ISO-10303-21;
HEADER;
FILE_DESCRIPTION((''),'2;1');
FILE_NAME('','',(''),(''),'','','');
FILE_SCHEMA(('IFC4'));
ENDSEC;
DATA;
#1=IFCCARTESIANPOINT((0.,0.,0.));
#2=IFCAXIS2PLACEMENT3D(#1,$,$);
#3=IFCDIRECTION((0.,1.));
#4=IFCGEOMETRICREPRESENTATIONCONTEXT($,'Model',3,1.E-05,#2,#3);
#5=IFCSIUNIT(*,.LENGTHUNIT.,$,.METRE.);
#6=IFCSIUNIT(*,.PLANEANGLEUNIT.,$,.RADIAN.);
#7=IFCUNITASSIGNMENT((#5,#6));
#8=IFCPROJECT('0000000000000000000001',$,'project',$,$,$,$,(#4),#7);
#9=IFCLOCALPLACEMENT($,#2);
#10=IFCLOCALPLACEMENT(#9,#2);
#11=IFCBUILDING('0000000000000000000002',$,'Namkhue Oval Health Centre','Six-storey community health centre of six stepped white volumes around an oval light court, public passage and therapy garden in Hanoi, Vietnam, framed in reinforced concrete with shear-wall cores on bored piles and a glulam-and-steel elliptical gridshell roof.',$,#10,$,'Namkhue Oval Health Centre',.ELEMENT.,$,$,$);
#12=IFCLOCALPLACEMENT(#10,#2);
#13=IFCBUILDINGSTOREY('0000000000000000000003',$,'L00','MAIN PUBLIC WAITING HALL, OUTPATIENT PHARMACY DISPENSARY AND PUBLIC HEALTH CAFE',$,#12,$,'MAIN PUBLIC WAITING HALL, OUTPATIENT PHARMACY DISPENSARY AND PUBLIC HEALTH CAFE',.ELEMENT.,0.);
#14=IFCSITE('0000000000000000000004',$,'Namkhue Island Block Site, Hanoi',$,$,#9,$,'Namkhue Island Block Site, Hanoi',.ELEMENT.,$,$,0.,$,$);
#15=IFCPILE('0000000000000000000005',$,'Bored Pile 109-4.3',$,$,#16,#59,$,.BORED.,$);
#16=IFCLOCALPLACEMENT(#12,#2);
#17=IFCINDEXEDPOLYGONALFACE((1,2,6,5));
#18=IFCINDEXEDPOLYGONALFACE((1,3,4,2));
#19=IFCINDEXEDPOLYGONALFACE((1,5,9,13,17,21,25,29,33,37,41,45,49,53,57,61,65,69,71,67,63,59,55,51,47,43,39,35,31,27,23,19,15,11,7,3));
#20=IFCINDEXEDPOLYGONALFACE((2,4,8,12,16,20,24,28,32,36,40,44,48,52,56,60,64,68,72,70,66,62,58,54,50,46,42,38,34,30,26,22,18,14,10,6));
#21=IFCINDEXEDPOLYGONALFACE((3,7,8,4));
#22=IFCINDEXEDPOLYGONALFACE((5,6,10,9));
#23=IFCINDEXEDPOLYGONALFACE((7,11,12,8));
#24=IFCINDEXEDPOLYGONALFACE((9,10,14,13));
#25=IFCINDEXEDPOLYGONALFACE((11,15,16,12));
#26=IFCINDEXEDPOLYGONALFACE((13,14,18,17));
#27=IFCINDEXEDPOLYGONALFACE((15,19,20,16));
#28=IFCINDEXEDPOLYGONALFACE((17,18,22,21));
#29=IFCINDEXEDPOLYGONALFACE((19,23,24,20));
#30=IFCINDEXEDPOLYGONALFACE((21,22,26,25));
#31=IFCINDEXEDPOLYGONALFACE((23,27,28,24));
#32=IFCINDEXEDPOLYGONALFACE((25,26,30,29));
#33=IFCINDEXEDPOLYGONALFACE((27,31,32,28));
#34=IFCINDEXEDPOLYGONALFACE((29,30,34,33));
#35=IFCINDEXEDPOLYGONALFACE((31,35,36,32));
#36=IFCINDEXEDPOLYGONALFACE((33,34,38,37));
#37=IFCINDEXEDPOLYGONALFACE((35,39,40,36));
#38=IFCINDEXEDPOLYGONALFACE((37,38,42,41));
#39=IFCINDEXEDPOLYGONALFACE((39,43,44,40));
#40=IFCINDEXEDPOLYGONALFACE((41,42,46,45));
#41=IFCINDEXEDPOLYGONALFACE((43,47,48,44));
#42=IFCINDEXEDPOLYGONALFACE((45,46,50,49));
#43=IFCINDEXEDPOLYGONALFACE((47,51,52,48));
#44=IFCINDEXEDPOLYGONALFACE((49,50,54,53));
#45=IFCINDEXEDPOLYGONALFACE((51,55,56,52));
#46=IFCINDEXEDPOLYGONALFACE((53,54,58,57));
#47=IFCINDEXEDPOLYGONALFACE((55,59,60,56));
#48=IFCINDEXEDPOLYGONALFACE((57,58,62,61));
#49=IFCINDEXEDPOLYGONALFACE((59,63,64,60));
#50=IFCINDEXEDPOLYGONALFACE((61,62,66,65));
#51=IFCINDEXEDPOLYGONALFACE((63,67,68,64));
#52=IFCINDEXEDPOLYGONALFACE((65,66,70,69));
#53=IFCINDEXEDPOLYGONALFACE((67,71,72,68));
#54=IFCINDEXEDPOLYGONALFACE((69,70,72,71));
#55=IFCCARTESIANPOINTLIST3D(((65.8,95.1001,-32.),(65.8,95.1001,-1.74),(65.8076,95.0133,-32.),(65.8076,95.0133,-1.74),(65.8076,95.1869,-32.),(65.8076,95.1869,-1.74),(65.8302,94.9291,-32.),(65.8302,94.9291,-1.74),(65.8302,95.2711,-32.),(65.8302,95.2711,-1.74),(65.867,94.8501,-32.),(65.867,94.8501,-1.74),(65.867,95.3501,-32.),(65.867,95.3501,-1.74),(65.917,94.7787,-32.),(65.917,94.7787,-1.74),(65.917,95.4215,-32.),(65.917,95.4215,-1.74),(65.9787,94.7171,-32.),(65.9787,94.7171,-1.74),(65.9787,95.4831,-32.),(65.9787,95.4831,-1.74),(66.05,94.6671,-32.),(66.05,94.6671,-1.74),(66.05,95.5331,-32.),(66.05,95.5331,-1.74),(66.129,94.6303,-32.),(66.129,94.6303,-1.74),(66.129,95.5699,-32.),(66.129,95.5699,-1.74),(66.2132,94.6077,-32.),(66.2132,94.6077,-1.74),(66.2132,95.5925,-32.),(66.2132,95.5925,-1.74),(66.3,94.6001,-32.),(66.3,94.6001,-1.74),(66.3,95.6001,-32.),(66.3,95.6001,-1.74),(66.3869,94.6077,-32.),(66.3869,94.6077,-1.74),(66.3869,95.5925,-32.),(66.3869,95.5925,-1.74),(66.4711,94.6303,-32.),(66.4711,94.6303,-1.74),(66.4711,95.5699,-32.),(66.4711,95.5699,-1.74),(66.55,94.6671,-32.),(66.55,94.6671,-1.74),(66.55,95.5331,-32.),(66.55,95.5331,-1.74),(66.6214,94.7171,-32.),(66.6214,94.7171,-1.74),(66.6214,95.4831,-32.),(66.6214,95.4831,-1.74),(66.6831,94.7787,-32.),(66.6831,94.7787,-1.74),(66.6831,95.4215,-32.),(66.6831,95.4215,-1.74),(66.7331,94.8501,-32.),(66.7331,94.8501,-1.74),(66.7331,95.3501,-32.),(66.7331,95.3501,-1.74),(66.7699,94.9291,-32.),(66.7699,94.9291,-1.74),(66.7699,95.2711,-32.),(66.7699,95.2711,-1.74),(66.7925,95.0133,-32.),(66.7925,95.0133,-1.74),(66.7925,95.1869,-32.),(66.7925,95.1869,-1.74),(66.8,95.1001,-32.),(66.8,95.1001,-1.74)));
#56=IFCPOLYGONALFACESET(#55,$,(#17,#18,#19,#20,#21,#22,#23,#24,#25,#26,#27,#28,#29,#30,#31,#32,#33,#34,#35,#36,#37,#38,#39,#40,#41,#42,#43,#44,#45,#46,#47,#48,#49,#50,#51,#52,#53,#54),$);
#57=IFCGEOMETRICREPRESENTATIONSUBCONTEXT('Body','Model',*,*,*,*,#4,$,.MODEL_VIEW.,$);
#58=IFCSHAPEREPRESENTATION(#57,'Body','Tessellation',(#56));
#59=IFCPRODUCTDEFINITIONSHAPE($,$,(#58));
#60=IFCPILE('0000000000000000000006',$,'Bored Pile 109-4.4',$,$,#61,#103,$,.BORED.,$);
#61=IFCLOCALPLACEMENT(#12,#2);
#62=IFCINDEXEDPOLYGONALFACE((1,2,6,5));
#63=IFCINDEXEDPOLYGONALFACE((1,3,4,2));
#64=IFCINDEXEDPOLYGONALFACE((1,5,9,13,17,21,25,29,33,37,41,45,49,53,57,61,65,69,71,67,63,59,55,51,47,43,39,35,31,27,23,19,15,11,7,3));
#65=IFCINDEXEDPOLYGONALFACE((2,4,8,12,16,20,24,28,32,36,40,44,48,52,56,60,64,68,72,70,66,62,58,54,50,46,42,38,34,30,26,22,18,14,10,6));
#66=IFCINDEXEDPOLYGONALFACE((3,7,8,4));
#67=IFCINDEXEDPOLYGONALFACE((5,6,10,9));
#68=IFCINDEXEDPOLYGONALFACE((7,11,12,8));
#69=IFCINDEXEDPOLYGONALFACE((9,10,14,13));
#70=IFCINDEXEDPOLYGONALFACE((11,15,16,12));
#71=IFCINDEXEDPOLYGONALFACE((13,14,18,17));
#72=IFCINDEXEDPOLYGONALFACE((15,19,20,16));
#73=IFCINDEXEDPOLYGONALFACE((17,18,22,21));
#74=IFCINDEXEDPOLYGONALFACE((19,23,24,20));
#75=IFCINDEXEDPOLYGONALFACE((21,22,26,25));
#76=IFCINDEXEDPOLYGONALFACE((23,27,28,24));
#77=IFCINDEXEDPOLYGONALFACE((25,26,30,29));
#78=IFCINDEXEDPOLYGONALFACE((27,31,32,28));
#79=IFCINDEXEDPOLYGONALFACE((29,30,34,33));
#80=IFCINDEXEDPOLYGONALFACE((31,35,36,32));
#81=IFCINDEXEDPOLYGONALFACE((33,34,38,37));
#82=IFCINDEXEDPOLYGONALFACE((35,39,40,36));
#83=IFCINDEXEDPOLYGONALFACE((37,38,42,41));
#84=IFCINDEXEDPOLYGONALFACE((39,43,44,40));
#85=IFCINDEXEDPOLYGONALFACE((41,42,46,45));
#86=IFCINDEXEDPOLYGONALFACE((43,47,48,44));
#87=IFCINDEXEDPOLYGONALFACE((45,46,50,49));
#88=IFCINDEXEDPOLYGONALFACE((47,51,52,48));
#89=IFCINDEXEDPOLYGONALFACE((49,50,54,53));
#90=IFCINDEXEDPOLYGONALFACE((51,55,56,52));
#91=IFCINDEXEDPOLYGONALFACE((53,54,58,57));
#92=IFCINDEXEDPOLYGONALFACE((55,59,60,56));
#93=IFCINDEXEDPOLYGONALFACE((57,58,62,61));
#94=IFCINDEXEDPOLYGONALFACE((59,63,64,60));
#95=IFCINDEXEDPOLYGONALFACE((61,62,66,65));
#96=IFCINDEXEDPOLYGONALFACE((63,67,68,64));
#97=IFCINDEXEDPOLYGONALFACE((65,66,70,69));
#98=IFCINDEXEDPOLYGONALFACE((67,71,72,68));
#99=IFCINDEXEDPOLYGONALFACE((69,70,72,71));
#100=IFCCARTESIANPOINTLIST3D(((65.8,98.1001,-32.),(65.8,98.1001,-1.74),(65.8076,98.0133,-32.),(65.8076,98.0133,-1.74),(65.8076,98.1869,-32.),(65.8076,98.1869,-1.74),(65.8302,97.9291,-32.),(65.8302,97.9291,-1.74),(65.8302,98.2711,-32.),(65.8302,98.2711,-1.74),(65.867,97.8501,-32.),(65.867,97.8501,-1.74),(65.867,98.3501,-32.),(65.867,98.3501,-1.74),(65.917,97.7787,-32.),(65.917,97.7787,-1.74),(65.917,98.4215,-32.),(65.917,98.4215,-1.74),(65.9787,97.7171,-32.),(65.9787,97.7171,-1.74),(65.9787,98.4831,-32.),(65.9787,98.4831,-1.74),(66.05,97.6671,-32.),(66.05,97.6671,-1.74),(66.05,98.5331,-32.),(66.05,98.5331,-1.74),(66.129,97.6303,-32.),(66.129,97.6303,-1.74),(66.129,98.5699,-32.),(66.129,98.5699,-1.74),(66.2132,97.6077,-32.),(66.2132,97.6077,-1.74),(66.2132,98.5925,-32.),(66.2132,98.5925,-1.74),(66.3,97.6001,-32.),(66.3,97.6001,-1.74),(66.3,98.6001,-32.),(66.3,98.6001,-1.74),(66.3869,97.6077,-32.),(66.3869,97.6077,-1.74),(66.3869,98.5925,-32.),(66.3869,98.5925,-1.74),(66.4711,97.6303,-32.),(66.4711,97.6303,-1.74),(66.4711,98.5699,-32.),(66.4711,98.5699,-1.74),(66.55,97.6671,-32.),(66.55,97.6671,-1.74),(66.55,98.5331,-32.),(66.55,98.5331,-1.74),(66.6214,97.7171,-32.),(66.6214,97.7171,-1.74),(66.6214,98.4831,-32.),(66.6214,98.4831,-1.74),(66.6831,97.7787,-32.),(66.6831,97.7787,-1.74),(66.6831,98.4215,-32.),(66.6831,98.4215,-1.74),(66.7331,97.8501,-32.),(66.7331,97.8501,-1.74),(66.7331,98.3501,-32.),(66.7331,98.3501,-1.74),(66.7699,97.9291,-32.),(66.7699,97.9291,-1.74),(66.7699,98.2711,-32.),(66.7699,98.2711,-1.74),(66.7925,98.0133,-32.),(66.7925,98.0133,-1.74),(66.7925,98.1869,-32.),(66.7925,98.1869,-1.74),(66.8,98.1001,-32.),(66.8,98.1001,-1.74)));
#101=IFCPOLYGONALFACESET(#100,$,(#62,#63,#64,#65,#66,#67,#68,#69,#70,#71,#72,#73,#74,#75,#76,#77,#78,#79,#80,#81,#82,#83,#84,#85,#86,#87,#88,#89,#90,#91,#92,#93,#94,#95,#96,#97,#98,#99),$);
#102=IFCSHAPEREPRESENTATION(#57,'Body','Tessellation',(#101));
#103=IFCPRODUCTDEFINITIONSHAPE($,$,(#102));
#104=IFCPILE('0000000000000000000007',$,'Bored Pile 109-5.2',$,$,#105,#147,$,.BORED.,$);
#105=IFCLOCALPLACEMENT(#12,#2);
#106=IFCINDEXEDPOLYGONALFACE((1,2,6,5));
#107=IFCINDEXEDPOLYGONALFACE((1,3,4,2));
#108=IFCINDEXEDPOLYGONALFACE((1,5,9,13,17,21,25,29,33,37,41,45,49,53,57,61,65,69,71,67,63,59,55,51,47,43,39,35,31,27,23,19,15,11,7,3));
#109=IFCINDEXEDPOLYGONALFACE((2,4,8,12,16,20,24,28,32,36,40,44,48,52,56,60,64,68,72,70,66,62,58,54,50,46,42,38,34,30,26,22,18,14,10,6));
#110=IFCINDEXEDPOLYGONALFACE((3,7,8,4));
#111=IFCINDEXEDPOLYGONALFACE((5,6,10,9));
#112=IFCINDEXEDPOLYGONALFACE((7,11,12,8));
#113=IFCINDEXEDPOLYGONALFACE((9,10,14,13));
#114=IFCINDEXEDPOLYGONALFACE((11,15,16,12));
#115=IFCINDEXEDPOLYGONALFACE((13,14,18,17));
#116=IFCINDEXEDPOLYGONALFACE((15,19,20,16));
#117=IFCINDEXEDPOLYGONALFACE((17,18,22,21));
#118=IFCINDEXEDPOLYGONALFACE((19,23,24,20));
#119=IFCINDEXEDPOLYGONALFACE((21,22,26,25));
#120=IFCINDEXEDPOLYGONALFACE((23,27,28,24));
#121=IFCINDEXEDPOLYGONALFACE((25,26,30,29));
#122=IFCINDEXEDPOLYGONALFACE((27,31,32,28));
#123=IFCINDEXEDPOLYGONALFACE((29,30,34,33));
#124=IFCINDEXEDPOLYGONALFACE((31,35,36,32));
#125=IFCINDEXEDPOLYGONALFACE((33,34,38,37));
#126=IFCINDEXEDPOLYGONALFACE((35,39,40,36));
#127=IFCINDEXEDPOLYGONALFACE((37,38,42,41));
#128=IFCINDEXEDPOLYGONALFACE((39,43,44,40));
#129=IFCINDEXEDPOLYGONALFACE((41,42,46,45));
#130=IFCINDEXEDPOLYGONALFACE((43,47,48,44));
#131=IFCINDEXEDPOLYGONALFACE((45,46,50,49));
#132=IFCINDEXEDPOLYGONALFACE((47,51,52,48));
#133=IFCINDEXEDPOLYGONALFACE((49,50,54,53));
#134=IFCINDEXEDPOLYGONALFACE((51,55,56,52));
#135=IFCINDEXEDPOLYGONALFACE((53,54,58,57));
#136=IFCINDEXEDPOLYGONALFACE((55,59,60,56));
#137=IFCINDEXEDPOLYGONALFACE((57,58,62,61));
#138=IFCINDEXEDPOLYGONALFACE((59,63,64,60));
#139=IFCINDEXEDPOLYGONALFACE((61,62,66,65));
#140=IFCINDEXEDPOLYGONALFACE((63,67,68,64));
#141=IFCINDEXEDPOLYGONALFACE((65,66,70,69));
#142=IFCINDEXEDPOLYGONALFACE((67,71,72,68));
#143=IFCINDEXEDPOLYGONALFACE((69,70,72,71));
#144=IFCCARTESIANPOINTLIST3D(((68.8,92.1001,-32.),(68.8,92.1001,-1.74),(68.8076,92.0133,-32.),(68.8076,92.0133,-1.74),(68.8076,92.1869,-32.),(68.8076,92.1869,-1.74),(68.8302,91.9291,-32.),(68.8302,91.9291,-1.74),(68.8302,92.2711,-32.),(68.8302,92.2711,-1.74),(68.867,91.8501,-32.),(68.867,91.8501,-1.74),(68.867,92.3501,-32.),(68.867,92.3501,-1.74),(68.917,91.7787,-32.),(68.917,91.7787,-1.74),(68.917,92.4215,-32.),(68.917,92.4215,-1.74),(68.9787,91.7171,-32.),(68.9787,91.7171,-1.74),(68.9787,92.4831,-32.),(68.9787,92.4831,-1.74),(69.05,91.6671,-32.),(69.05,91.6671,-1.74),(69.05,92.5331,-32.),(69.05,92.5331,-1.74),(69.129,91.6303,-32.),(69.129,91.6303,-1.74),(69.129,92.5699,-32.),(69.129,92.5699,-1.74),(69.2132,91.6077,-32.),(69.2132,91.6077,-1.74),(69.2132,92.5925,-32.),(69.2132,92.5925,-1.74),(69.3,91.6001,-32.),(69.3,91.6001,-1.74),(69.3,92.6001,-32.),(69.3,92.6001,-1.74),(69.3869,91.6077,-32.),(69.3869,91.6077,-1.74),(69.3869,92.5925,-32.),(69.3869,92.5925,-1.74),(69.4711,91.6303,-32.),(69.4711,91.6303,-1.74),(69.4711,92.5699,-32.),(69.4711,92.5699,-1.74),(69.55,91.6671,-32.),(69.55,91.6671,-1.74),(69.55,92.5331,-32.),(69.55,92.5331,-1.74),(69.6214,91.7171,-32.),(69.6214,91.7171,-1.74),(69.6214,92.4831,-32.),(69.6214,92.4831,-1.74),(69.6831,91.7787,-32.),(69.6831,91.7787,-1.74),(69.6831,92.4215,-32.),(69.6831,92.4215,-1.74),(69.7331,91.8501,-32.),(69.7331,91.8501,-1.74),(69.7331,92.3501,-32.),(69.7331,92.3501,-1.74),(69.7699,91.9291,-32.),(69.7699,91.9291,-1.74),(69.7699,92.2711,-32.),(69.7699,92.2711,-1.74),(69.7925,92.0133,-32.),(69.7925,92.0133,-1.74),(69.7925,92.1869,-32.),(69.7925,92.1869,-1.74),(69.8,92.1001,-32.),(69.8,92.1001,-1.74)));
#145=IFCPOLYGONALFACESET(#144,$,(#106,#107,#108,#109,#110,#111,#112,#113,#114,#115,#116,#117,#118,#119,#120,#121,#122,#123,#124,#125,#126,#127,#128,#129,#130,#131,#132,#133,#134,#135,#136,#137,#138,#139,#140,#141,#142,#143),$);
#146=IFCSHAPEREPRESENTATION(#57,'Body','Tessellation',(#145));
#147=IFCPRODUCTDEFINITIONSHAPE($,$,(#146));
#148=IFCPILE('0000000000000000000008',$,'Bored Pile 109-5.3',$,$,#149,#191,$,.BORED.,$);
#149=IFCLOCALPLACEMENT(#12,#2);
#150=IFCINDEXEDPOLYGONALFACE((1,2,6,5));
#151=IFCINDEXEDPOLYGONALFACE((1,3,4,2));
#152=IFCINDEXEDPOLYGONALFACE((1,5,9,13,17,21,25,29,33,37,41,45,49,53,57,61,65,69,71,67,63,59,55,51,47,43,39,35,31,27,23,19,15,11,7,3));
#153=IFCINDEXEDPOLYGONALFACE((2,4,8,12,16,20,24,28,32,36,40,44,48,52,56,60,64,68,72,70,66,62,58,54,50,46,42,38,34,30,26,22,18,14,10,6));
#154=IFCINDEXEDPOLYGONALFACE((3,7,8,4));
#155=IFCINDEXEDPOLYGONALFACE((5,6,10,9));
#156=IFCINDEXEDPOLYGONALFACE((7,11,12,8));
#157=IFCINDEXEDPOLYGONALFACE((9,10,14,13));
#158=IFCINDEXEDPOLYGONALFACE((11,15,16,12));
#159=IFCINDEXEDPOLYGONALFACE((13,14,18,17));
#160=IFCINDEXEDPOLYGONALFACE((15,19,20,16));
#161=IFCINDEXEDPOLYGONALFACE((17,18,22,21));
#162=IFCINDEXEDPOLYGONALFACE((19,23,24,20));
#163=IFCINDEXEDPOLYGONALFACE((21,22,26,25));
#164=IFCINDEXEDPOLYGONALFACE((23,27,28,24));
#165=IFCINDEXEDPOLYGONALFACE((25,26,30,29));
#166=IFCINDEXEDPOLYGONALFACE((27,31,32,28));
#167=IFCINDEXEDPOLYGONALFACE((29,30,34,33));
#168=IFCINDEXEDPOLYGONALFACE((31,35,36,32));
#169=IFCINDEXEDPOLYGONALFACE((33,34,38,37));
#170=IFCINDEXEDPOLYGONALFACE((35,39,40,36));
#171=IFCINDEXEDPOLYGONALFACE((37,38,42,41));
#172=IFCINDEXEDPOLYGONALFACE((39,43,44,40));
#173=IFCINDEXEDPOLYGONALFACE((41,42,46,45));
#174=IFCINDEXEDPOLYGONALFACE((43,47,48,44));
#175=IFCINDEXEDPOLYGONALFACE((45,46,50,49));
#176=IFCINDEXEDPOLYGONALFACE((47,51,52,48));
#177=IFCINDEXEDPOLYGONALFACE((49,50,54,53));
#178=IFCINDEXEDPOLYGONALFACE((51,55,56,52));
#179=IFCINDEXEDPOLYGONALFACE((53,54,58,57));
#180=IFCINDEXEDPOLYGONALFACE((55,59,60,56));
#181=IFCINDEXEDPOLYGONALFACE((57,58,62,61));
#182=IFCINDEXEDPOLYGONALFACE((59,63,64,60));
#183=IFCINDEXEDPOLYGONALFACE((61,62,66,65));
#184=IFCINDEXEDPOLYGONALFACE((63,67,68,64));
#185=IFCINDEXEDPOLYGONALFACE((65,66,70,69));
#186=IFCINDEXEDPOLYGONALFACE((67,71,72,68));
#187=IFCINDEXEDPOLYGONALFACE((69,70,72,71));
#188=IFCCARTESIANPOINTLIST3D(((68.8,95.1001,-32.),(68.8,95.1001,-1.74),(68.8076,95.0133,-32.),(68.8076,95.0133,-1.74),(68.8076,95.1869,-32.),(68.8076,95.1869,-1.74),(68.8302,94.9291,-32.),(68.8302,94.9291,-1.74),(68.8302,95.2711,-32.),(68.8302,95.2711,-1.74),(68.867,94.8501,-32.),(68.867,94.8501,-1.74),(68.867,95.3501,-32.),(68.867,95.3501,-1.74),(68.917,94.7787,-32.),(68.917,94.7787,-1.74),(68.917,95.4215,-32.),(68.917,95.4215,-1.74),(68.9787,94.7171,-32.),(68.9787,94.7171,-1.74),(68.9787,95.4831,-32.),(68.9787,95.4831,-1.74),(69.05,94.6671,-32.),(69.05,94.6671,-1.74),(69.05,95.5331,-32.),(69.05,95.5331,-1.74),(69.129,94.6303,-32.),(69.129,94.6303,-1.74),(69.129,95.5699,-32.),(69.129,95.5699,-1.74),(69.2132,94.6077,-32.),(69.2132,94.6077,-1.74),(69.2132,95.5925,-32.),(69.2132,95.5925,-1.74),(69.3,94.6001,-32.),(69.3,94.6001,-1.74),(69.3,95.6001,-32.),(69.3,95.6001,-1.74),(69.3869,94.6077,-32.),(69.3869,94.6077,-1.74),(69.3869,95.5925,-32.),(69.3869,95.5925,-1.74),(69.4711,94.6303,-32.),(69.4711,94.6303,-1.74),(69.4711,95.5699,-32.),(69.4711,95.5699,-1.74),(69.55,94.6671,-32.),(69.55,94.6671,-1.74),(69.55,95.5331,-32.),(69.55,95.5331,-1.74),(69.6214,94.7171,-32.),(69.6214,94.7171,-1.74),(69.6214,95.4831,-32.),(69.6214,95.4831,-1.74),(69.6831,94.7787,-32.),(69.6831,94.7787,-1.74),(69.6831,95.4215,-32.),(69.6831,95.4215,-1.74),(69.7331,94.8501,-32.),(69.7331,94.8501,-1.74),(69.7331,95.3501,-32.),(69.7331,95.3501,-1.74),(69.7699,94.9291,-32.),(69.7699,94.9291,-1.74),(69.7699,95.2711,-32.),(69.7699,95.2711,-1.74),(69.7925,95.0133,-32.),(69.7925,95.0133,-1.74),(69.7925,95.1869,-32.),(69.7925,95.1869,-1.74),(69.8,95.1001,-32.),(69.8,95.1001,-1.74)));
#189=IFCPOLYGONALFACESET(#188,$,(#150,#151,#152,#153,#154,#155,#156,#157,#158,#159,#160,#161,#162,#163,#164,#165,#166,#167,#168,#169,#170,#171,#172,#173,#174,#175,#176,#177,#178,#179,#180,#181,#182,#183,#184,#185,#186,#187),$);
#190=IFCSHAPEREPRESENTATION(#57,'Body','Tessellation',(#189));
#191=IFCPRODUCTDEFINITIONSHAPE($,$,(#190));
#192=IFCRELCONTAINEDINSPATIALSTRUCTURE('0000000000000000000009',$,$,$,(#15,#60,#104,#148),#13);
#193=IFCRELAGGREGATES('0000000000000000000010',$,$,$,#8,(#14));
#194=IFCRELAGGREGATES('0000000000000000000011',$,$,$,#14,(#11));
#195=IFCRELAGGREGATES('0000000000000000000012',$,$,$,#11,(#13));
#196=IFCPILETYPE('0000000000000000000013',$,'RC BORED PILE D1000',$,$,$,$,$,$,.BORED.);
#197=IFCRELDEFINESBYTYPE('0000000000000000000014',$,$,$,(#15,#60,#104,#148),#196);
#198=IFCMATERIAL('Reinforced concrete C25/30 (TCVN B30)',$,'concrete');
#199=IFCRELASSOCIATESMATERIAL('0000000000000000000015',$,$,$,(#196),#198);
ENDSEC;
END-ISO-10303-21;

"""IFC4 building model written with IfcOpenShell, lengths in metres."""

from ifc_helpers import new_model, si_unit, direction, frame, origin, origin_2d, place, context, subcontext, project, spatial, circle, extrude, material, material_profile, profile_set, type_object, element, save


model = new_model("IFC4")

# Units and contexts
model_context = context("Model", 3, precision=1e-05, world=origin(), true_north=direction((0.0, 1.0)))
body_context = subcontext(model_context, "Body", "Model", "MODEL_VIEW")
ifc_project = project(units=[si_unit("LENGTHUNIT", "METRE"), si_unit("PLANEANGLEUNIT", "RADIAN")], contexts=[model_context])

# Site, building, storey
site_placement = place(None, origin())
site = spatial("IfcSite", under=ifc_project, at=site_placement, Name="Namkhue Island Block Site, Hanoi", LongName="Namkhue Island Block Site, Hanoi", CompositionType="ELEMENT", RefElevation=0.0)
building_placement = place(site_placement, origin())
building = spatial("IfcBuilding", under=site, at=building_placement, Name="Namkhue Oval Health Centre", Description="Six-storey community health centre of six stepped white volumes around an oval light court, public passage and therapy garden in Hanoi, Vietnam, framed in reinforced concrete with shear-wall cores on bored piles and a glulam-and-steel elliptical gridshell roof.", LongName="Namkhue Oval Health Centre", CompositionType="ELEMENT")
storey_placement = place(building_placement, origin())
storey = spatial("IfcBuildingStorey", under=building, at=storey_placement, Name="L00", Description="MAIN PUBLIC WAITING HALL, OUTPATIENT PHARMACY DISPENSARY AND PUBLIC HEALTH CAFE", LongName="MAIN PUBLIC WAITING HALL, OUTPATIENT PHARMACY DISPENSARY AND PUBLIC HEALTH CAFE", CompositionType="ELEMENT", Elevation=0.0)

# Piles
ifc_material_1 = material(Name="Reinforced concrete C25/30 (TCVN B30)", Category="concrete")
ifc_material_profile_1 = material_profile(ifc_material_1, circle(Radius=0.5, at=origin_2d()), Name="BORED PILE D1000")
ifc_profile_set_1 = profile_set([ifc_material_profile_1], Name="Reinforced concrete C25/30 (TCVN B30)")
pile_type = type_object("IfcPileType", Name="RC BORED PILE D1000", PredefinedType="BORED", material=ifc_profile_set_1)
for number, where, z_axis, x_axis, name in (
    (1, (66.3, 95.1001, -1.74), (0.0, 0.0, -1.0), (1.0, 0.0, 0.0), "Bored Pile 109-4.3"),
    (2, (66.3, 98.1001, -1.74), (0.0, 0.0, -1.0), (1.0, 0.0, 0.0), "Bored Pile 109-4.4"),
    (3, (69.3, 92.1001, -1.74), (0.0, 0.0, -1.0), (1.0, 0.0, 0.0), "Bored Pile 109-5.2"),
    (4, (69.3, 95.1001, -1.74), (0.0, 0.0, -1.0), (1.0, 0.0, 0.0), "Bored Pile 109-5.3"),
):
    element("IfcPile", number, at=place(storey_placement, frame(where, z_axis=z_axis, x_axis=x_axis)), inside=storey, type_object=pile_type, Name=name, PredefinedType="BORED", context=body_context, shape_type="SweptSolid", body=[
        extrude(circle(Radius=0.5, at=origin_2d()), origin(), (0.0, 0.0, 1.0), 30.26),
    ])

save(model, "model.ifc")
